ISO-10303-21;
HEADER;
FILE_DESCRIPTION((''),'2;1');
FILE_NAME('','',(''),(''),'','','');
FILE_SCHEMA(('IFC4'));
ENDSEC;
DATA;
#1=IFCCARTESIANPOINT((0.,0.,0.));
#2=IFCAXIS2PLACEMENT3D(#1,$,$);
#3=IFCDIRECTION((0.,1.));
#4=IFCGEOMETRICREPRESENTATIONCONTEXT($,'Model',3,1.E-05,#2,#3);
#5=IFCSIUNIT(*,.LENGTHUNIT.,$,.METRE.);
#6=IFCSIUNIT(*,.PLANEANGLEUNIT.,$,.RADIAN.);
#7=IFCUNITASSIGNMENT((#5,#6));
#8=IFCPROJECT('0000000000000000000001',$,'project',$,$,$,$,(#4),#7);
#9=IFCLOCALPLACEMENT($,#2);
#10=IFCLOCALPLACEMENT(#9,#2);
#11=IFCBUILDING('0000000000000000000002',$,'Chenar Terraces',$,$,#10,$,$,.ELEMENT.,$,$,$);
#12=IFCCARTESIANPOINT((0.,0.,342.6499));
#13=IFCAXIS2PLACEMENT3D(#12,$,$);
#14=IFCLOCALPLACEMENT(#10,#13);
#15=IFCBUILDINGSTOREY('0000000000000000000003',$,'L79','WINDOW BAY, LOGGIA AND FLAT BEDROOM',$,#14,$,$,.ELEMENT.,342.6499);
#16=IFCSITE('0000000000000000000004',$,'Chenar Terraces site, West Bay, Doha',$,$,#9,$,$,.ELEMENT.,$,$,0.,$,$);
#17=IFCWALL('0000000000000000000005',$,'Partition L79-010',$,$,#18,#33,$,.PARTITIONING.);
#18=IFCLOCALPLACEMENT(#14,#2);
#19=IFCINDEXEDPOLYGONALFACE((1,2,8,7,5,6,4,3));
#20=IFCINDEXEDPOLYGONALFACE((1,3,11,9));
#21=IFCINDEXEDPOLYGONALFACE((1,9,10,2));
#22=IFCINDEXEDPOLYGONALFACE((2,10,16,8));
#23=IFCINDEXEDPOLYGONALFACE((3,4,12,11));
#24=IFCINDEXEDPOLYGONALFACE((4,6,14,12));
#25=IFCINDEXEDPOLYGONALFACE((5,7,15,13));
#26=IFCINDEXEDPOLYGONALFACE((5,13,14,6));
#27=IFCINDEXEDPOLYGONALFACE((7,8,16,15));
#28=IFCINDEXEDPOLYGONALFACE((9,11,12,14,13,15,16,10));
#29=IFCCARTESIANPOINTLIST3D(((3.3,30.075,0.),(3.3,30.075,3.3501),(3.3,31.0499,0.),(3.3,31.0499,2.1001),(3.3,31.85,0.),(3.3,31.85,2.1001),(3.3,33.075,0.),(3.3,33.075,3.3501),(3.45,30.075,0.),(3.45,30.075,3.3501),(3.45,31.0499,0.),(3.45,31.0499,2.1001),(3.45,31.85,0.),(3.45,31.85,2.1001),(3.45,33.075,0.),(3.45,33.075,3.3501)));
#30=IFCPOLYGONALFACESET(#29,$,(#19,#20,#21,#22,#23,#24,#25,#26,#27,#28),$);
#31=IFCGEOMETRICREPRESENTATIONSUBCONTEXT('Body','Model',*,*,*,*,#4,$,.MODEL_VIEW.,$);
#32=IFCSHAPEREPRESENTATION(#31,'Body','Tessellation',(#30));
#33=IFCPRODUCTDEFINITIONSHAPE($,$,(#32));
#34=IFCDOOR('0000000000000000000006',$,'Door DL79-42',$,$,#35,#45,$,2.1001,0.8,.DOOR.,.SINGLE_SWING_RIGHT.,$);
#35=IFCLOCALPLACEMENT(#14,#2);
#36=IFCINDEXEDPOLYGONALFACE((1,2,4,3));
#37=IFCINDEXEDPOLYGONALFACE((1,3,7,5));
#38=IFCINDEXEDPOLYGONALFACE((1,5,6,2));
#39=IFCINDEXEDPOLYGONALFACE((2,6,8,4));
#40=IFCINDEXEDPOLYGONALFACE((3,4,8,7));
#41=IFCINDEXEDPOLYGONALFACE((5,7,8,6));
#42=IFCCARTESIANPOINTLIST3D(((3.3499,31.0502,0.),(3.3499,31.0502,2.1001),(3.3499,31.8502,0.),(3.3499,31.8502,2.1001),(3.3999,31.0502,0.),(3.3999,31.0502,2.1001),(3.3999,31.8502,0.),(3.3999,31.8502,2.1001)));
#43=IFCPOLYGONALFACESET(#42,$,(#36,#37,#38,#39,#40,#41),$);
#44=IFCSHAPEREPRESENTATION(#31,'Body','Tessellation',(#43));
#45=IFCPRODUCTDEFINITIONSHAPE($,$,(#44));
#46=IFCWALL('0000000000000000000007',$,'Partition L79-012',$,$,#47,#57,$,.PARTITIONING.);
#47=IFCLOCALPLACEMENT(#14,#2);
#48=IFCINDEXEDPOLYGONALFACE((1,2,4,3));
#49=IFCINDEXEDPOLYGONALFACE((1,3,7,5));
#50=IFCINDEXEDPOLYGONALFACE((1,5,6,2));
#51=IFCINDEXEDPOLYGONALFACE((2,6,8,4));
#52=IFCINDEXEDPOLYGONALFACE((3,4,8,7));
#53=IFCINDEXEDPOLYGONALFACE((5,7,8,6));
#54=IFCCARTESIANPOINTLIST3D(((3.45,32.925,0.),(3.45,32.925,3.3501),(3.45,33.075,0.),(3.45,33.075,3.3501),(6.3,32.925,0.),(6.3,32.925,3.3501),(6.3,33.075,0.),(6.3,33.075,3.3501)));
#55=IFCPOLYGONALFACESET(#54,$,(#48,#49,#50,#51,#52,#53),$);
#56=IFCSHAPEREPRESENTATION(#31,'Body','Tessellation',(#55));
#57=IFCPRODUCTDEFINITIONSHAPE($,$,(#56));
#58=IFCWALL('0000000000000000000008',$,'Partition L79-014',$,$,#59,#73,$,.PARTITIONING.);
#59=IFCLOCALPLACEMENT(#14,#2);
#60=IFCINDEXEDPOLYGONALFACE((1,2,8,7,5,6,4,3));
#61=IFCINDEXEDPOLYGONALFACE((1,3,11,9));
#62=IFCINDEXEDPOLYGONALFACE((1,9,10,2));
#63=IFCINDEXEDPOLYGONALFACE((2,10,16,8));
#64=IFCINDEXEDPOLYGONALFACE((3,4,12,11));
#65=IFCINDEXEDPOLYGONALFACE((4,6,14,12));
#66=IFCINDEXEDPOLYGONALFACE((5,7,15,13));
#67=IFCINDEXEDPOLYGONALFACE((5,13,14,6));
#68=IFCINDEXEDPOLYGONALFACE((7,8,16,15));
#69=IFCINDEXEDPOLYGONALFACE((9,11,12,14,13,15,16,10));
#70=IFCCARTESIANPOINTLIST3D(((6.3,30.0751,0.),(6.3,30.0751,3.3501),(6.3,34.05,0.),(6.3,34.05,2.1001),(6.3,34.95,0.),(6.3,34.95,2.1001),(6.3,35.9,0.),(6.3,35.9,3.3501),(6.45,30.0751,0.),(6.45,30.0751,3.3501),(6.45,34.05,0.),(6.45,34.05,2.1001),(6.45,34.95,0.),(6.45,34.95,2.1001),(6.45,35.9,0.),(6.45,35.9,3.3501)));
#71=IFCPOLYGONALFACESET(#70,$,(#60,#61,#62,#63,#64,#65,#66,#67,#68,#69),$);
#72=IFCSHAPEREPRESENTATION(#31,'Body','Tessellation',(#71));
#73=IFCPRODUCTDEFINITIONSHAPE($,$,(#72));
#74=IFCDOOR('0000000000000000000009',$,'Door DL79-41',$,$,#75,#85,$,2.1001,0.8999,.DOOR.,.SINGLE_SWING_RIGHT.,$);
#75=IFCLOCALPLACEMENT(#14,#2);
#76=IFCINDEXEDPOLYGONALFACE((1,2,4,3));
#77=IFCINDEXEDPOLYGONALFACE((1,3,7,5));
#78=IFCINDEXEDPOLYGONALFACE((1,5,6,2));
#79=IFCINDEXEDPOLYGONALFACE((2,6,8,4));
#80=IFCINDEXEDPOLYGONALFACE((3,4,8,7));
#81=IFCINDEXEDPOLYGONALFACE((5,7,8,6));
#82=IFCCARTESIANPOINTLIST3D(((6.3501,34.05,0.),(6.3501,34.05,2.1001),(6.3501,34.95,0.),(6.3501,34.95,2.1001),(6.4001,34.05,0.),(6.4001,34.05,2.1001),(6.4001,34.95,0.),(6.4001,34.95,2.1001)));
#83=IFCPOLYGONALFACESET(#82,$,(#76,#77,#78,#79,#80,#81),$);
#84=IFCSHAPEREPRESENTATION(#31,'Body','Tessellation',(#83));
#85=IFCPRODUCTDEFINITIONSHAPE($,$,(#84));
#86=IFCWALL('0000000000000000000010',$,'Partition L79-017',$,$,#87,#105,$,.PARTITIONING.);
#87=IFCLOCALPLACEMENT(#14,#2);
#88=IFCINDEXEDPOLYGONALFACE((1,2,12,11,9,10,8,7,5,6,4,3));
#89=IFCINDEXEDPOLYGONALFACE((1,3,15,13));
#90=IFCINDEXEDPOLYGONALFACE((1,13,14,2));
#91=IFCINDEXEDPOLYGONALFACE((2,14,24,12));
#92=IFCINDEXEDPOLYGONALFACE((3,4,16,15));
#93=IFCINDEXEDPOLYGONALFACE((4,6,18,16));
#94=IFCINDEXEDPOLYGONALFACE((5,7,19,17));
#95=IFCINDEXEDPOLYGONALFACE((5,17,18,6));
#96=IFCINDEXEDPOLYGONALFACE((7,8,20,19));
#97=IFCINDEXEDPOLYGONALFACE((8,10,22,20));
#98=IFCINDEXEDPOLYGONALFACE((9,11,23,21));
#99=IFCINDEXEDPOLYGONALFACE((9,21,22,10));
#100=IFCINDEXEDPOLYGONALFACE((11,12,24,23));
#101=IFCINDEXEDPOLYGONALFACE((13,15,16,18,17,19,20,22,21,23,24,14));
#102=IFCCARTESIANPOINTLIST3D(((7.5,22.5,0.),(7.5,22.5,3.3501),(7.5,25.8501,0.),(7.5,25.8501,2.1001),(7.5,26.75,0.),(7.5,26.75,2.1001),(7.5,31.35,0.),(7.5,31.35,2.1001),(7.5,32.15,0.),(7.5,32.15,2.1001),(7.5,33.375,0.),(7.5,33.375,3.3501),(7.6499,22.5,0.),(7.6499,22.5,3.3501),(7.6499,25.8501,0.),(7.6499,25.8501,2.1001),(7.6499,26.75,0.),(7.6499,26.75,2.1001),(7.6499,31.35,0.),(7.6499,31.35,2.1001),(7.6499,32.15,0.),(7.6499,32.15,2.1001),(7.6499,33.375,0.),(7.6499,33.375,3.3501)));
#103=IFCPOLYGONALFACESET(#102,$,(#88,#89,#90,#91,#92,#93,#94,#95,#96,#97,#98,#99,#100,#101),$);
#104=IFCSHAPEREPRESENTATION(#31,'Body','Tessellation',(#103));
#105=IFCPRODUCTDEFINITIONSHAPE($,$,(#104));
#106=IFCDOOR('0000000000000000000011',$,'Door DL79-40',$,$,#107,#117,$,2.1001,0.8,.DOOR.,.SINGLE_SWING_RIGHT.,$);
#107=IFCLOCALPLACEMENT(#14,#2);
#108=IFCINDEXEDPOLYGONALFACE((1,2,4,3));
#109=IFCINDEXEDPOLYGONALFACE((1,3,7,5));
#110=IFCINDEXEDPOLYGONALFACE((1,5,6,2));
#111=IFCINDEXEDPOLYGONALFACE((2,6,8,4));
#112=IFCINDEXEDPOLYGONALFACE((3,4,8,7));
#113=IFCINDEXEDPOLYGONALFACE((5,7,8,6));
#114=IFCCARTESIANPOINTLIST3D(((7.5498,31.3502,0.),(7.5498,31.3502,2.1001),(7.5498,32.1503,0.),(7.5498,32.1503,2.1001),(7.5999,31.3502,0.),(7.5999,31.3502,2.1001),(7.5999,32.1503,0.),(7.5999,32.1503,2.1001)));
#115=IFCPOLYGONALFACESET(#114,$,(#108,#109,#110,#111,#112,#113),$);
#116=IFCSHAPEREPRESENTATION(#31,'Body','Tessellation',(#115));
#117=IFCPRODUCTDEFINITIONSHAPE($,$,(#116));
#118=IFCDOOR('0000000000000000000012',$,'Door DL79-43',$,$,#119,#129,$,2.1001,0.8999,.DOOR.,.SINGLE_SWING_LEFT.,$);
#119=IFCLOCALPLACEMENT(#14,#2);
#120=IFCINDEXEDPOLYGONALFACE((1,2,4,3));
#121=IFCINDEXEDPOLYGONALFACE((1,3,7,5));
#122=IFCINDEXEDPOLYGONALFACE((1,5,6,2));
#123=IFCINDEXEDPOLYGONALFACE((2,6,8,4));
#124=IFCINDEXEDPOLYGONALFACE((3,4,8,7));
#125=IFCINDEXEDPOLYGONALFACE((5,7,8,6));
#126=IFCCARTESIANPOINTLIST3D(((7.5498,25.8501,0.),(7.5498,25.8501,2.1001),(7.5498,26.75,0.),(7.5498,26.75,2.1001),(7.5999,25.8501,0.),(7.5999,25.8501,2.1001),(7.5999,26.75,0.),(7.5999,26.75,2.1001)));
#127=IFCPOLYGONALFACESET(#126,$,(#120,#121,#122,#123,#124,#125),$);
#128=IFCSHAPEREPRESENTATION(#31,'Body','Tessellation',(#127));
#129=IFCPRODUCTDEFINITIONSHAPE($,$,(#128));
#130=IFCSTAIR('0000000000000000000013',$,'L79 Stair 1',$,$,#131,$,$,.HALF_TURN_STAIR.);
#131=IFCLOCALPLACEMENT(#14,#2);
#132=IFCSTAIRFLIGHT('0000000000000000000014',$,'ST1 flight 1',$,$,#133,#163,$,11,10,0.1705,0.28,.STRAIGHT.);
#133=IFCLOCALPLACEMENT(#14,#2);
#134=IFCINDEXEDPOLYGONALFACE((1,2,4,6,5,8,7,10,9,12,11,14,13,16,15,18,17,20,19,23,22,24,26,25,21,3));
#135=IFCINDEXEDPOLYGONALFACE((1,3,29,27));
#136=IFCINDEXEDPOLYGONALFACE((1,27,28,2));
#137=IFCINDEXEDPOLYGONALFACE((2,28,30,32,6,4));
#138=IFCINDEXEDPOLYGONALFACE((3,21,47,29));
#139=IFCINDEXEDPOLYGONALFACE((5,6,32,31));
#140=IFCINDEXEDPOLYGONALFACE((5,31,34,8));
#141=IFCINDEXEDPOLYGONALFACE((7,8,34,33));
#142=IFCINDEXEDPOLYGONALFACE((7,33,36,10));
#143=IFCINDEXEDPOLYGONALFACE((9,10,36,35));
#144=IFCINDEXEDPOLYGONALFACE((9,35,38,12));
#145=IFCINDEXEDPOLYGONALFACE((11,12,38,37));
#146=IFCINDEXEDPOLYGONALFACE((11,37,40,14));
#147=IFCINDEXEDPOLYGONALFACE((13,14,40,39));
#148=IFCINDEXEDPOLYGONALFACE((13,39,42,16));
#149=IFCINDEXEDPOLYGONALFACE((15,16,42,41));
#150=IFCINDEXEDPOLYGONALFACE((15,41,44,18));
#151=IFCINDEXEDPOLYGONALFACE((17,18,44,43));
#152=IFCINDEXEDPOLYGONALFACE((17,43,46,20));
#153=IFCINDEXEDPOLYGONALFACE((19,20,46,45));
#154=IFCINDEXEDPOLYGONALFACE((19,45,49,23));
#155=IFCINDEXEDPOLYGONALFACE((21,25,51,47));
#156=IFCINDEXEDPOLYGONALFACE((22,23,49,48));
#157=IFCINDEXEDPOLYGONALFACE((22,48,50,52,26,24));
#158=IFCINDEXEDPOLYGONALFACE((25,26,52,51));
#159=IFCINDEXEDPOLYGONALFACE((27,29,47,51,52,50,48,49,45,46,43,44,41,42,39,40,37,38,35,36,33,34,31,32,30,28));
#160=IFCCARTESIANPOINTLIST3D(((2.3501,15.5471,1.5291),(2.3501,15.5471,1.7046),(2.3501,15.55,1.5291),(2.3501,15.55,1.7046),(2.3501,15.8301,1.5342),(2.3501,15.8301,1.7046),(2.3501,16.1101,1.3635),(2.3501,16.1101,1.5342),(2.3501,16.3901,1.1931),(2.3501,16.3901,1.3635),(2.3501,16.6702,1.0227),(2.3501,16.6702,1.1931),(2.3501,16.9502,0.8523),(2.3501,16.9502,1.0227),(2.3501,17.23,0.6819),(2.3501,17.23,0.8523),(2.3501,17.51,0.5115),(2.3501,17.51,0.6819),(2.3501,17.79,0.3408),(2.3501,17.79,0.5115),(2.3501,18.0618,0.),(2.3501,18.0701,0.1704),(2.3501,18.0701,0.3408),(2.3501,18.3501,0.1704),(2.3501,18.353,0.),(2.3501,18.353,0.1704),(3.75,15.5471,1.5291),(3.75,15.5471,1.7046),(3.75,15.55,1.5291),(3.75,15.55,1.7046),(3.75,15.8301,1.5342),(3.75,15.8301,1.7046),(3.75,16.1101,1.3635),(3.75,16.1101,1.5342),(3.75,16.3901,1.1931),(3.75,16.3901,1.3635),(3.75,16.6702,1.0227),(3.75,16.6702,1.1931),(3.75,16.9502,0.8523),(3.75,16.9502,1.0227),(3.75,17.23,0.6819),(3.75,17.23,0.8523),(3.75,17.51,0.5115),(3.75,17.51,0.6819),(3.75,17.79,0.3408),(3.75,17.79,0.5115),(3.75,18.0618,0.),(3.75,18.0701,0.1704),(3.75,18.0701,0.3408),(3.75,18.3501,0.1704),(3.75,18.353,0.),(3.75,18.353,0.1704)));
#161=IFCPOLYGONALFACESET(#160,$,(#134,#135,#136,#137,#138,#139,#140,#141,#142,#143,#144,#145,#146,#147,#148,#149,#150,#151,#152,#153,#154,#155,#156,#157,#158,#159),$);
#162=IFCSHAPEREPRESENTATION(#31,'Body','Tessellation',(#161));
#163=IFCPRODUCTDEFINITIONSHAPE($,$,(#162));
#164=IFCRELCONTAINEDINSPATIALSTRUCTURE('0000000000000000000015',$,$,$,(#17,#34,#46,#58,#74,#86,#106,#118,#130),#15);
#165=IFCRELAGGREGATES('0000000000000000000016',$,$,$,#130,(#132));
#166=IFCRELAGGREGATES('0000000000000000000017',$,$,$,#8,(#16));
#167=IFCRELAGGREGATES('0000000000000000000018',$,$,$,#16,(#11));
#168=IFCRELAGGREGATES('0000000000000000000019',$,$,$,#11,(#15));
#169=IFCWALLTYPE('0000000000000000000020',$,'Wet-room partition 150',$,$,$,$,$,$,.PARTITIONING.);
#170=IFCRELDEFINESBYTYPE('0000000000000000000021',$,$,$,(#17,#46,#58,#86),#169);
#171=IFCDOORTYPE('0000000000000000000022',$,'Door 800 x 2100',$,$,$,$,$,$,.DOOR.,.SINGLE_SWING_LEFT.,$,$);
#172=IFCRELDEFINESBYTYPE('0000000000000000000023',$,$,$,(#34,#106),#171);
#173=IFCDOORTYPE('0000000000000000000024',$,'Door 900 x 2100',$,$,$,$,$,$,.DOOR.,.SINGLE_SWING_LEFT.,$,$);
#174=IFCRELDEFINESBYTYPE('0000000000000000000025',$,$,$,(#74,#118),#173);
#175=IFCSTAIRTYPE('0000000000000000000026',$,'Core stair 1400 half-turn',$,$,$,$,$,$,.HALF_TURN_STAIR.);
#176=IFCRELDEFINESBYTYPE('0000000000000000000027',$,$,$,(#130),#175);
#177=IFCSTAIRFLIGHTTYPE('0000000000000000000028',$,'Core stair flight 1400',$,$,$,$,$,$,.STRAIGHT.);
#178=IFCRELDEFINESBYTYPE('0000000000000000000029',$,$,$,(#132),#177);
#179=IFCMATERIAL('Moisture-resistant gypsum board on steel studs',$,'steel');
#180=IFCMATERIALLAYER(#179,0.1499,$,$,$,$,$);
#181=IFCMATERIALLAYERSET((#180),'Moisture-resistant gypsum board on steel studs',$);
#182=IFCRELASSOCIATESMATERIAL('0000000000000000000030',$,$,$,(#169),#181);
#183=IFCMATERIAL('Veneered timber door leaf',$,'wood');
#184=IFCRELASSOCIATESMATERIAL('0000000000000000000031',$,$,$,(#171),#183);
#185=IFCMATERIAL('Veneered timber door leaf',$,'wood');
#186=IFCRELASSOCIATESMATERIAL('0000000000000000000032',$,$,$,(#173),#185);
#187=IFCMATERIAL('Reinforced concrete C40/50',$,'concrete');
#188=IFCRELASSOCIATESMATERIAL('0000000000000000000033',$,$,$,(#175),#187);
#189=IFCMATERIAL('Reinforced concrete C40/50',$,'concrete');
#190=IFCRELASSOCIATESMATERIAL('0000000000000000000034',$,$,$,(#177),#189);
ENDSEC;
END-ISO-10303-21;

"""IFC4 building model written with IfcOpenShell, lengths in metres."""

from ifc_helpers import new_model, si_unit, direction, frame, frame_2d, origin, place, context, subcontext, project, spatial, polyline, rectangle, outline, extrude, material, layer, layer_set, type_object, element, fill, aggregate, save


model = new_model("IFC4")

# Units and contexts
model_context = context("Model", 3, precision=1e-05, world=origin(), true_north=direction((0.0, 1.0)))
body_context = subcontext(model_context, "Body", "Model", "MODEL_VIEW")
ifc_project = project(units=[si_unit("LENGTHUNIT", "METRE"), si_unit("PLANEANGLEUNIT", "RADIAN")], contexts=[model_context])

# Site, building, storey
site_placement = place(None, origin())
site = spatial("IfcSite", under=ifc_project, at=site_placement, Name="Chenar Terraces site, West Bay, Doha", CompositionType="ELEMENT", RefElevation=0.0)
building_placement = place(site_placement, origin())
building = spatial("IfcBuilding", under=site, at=building_placement, Name="Chenar Terraces", CompositionType="ELEMENT")
storey_placement = place(building_placement, frame((0.0, 0.0, 342.6499)))
storey = spatial("IfcBuildingStorey", under=building, at=storey_placement, Name="L79", Description="WINDOW BAY, LOGGIA AND FLAT BEDROOM", CompositionType="ELEMENT", Elevation=342.6499)

# Shared definitions
ifc_material_1 = material(Name="Moisture-resistant gypsum board on steel studs", Category="steel")
ifc_layer_1 = layer(ifc_material_1, 0.1499)
ifc_layer_set_1 = layer_set([ifc_layer_1], Name="Moisture-resistant gypsum board on steel studs")
wall_type_1 = type_object("IfcWallType", Name="Wet-room partition 150", PredefinedType="PARTITIONING", material=ifc_layer_set_1)

# Wall, opening, door
wall_1_placement = place(storey_placement, frame((3.375, 30.075, 0.0), z_axis=(0.0, 0.0, 1.0), x_axis=(0.0, 1.0, 0.0)))
wall_1 = element("IfcWall", 1, at=wall_1_placement, inside=storey, type_object=wall_type_1, Name="Partition L79-010", PredefinedType="PARTITIONING", context=body_context, shape_type="SweptSolid", body=[
    extrude(rectangle(XDim=3.0, YDim=0.1499, at=frame_2d((1.5, 0.0))), origin(), (0.0, 0.0, 1.0), 3.3501),
])
opening_1_placement = place(wall_1_placement, frame((0.9751, 0.0, 0.0)))
opening_1 = element("IfcOpeningElement", 2, at=opening_1_placement, cuts=wall_1, PredefinedType="OPENING", context=body_context, shape_type="SweptSolid", body=[
    extrude(rectangle(XDim=0.8, YDim=2.1001, at=frame_2d((0.3999, 1.05))), frame((0.0, 0.085, 0.0), z_axis=(0.0, -1.0, 0.0), x_axis=(1.0, 0.0, 0.0)), (0.0, 0.0, 1.0), 0.1699),
])
ifc_material_2 = material(Name="Veneered timber door leaf", Category="wood")
door_type_1 = type_object("IfcDoorType", Name="Door 800 x 2100", OperationType="SINGLE_SWING_LEFT", PredefinedType="DOOR", material=ifc_material_2)
door_1_placement = place(opening_1_placement, frame((0.8, 0.0, 0.0), z_axis=(0.0, 0.0, 1.0), x_axis=(-1.0, 0.0, 0.0)))
door_1 = element("IfcDoor", 3, at=door_1_placement, inside=storey, type_object=door_type_1, Name="Door DL79-42", OperationType="SINGLE_SWING_RIGHT", OverallHeight=2.1001, OverallWidth=0.8, PredefinedType="DOOR", context=body_context, shape_type="SweptSolid", body=[
    extrude(rectangle(XDim=0.8, YDim=2.1001, at=frame_2d((0.3999, 1.05))), frame((0.0, 0.0249, 0.0), z_axis=(0.0, -1.0, 0.0), x_axis=(1.0, 0.0, 0.0)), (0.0, 0.0, 1.0), 0.05),
])
fill(opening_1, door_1)

# Wall
wall_2_placement = place(storey_placement, frame((3.45, 33.0, 0.0), z_axis=(0.0, 0.0, 1.0), x_axis=(1.0, 0.0, 0.0)))
element("IfcWall", 4, at=wall_2_placement, inside=storey, type_object=wall_type_1, Name="Partition L79-012", PredefinedType="PARTITIONING", context=body_context, shape_type="SweptSolid", body=[
    extrude(rectangle(XDim=2.8501, YDim=0.1499, at=frame_2d((1.425, 0.0))), origin(), (0.0, 0.0, 1.0), 3.3501),
])

# Wall, opening, door
wall_3_placement = place(storey_placement, frame((6.375, 30.075, 0.0), z_axis=(0.0, 0.0, 1.0), x_axis=(0.0, 1.0, 0.0)))
wall_3 = element("IfcWall", 5, at=wall_3_placement, inside=storey, type_object=wall_type_1, Name="Partition L79-014", PredefinedType="PARTITIONING", context=body_context, shape_type="SweptSolid", body=[
    extrude(rectangle(XDim=5.825, YDim=0.1499, at=frame_2d((2.9126, 0.0))), origin(), (0.0, 0.0, 1.0), 3.3501),
])
opening_2_placement = place(wall_3_placement, frame((3.9751, 0.0, 0.0)))
opening_2 = element("IfcOpeningElement", 6, at=opening_2_placement, cuts=wall_3, PredefinedType="OPENING", context=body_context, shape_type="SweptSolid", body=[
    extrude(rectangle(XDim=0.8999, YDim=2.1001, at=frame_2d((0.45, 1.05))), frame((0.0, 0.085, 0.0), z_axis=(0.0, -1.0, 0.0), x_axis=(1.0, 0.0, 0.0)), (0.0, 0.0, 1.0), 0.1699),
])
ifc_material_3 = material(Name="Veneered timber door leaf", Category="wood")
door_type_2 = type_object("IfcDoorType", Name="Door 900 x 2100", OperationType="SINGLE_SWING_LEFT", PredefinedType="DOOR", material=ifc_material_3)
door_2_placement = place(opening_2_placement, origin())
door_2 = element("IfcDoor", 7, at=door_2_placement, inside=storey, type_object=door_type_2, Name="Door DL79-41", OperationType="SINGLE_SWING_RIGHT", OverallHeight=2.1001, OverallWidth=0.8999, PredefinedType="DOOR", context=body_context, shape_type="SweptSolid", body=[
    extrude(rectangle(XDim=0.8999, YDim=2.1001, at=frame_2d((0.45, 1.05))), frame((0.0, 0.0249, 0.0), z_axis=(0.0, -1.0, 0.0), x_axis=(1.0, 0.0, 0.0)), (0.0, 0.0, 1.0), 0.05),
])
fill(opening_2, door_2)

# Wall, openings, doors
wall_4_placement = place(storey_placement, frame((7.575, 22.5, 0.0), z_axis=(0.0, 0.0, 1.0), x_axis=(0.0, 1.0, 0.0)))
wall_4 = element("IfcWall", 8, at=wall_4_placement, inside=storey, type_object=wall_type_1, Name="Partition L79-017", PredefinedType="PARTITIONING", context=body_context, shape_type="SweptSolid", body=[
    extrude(rectangle(XDim=10.875, YDim=0.1499, at=frame_2d((5.4375, 0.0))), origin(), (0.0, 0.0, 1.0), 3.3501),
])
opening_3_placement = place(wall_4_placement, frame((8.8501, 0.0, 0.0)))
opening_3 = element("IfcOpeningElement", 9, at=opening_3_placement, cuts=wall_4, PredefinedType="OPENING", context=body_context, shape_type="SweptSolid", body=[
    extrude(rectangle(XDim=0.8, YDim=2.1001, at=frame_2d((0.3999, 1.05))), frame((0.0, 0.085, 0.0), z_axis=(0.0, -1.0, 0.0), x_axis=(1.0, 0.0, 0.0)), (0.0, 0.0, 1.0), 0.1699),
])
opening_4_placement = place(wall_4_placement, frame((3.3501, 0.0, 0.0)))
opening_4 = element("IfcOpeningElement", 10, at=opening_4_placement, cuts=wall_4, PredefinedType="OPENING", context=body_context, shape_type="SweptSolid", body=[
    extrude(rectangle(XDim=0.8999, YDim=2.1001, at=frame_2d((0.45, 1.05))), frame((0.0, 0.085, 0.0), z_axis=(0.0, -1.0, 0.0), x_axis=(1.0, 0.0, 0.0)), (0.0, 0.0, 1.0), 0.1699),
])
door_3_placement = place(opening_3_placement, frame((0.8, 0.0, 0.0), z_axis=(0.0, 0.0, 1.0), x_axis=(-1.0, 0.0, 0.0)))
door_3 = element("IfcDoor", 11, at=door_3_placement, inside=storey, type_object=door_type_1, Name="Door DL79-40", OperationType="SINGLE_SWING_RIGHT", OverallHeight=2.1001, OverallWidth=0.8, PredefinedType="DOOR", context=body_context, shape_type="SweptSolid", body=[
    extrude(rectangle(XDim=0.8, YDim=2.1001, at=frame_2d((0.3999, 1.05))), frame((0.0, 0.0249, 0.0), z_axis=(0.0, -1.0, 0.0), x_axis=(1.0, 0.0, 0.0)), (0.0, 0.0, 1.0), 0.05),
])
fill(opening_3, door_3)
door_4_placement = place(opening_4_placement, frame((0.8999, 0.0, 0.0), z_axis=(0.0, 0.0, 1.0), x_axis=(-1.0, 0.0, 0.0)))
door_4 = element("IfcDoor", 12, at=door_4_placement, inside=storey, type_object=door_type_2, Name="Door DL79-43", OperationType="SINGLE_SWING_LEFT", OverallHeight=2.1001, OverallWidth=0.8999, PredefinedType="DOOR", context=body_context, shape_type="SweptSolid", body=[
    extrude(rectangle(XDim=0.8999, YDim=2.1001, at=frame_2d((0.45, 1.05))), frame((0.0, 0.0249, 0.0), z_axis=(0.0, -1.0, 0.0), x_axis=(1.0, 0.0, 0.0)), (0.0, 0.0, 1.0), 0.05),
])
fill(opening_4, door_4)

# Stair, stair flight
ifc_material_4 = material(Name="Reinforced concrete C40/50", Category="concrete")
stair_type = type_object("IfcStairType", Name="Core stair 1400 half-turn", PredefinedType="HALF_TURN_STAIR", material=ifc_material_4)
stair_placement = place(storey_placement, origin())
stair = element("IfcStair", 13, at=stair_placement, inside=storey, type_object=stair_type, Name="L79 Stair 1", PredefinedType="HALF_TURN_STAIR")
ifc_material_5 = material(Name="Reinforced concrete C40/50", Category="concrete")
stair_flight_type = type_object("IfcStairFlightType", Name="Core stair flight 1400", PredefinedType="STRAIGHT", material=ifc_material_5)
stair_flight_placement = place(storey_placement, frame((3.05, 18.3501, 0.0), z_axis=(0.0, 0.0, 1.0), x_axis=(0.0, -1.0, 0.0)))
stair_flight = element("IfcStairFlight", 14, at=stair_flight_placement, type_object=stair_flight_type, Name="ST1 flight 1", NumberOfRisers=11, NumberOfTreads=10, PredefinedType="STRAIGHT", RiserHeight=0.1705, TreadLength=0.28, context=body_context, shape_type="SweptSolid", body=[
    extrude(outline(polyline([(-0.0029, 0.0), (-0.0029, 0.1704), (0.0, 0.1704), (0.28, 0.1704), (0.28, 0.3408), (0.5601, 0.3408), (0.5601, 0.5115), (0.8401, 0.5115), (0.8401, 0.6819), (1.1201, 0.6819), (1.1201, 0.8523), (1.3999, 0.8523), (1.3999, 1.0227), (1.6799, 1.0227), (1.6799, 1.1931), (1.96, 1.1931), (1.96, 1.3635), (2.24, 1.3635), (2.24, 1.5342), (2.52, 1.5342), (2.52, 1.7046), (2.8, 1.7046), (2.803, 1.7046), (2.803, 1.5291), (2.8, 1.5291), (0.2883, 0.0), (-0.0029, 0.0)])), frame((0.0, 0.7, 0.0), z_axis=(0.0, -1.0, 0.0), x_axis=(1.0, 0.0, 0.0)), (0.0, 0.0, 1.0), 1.3999),
])
aggregate(stair, [stair_flight])

save(model, "model.ifc")
